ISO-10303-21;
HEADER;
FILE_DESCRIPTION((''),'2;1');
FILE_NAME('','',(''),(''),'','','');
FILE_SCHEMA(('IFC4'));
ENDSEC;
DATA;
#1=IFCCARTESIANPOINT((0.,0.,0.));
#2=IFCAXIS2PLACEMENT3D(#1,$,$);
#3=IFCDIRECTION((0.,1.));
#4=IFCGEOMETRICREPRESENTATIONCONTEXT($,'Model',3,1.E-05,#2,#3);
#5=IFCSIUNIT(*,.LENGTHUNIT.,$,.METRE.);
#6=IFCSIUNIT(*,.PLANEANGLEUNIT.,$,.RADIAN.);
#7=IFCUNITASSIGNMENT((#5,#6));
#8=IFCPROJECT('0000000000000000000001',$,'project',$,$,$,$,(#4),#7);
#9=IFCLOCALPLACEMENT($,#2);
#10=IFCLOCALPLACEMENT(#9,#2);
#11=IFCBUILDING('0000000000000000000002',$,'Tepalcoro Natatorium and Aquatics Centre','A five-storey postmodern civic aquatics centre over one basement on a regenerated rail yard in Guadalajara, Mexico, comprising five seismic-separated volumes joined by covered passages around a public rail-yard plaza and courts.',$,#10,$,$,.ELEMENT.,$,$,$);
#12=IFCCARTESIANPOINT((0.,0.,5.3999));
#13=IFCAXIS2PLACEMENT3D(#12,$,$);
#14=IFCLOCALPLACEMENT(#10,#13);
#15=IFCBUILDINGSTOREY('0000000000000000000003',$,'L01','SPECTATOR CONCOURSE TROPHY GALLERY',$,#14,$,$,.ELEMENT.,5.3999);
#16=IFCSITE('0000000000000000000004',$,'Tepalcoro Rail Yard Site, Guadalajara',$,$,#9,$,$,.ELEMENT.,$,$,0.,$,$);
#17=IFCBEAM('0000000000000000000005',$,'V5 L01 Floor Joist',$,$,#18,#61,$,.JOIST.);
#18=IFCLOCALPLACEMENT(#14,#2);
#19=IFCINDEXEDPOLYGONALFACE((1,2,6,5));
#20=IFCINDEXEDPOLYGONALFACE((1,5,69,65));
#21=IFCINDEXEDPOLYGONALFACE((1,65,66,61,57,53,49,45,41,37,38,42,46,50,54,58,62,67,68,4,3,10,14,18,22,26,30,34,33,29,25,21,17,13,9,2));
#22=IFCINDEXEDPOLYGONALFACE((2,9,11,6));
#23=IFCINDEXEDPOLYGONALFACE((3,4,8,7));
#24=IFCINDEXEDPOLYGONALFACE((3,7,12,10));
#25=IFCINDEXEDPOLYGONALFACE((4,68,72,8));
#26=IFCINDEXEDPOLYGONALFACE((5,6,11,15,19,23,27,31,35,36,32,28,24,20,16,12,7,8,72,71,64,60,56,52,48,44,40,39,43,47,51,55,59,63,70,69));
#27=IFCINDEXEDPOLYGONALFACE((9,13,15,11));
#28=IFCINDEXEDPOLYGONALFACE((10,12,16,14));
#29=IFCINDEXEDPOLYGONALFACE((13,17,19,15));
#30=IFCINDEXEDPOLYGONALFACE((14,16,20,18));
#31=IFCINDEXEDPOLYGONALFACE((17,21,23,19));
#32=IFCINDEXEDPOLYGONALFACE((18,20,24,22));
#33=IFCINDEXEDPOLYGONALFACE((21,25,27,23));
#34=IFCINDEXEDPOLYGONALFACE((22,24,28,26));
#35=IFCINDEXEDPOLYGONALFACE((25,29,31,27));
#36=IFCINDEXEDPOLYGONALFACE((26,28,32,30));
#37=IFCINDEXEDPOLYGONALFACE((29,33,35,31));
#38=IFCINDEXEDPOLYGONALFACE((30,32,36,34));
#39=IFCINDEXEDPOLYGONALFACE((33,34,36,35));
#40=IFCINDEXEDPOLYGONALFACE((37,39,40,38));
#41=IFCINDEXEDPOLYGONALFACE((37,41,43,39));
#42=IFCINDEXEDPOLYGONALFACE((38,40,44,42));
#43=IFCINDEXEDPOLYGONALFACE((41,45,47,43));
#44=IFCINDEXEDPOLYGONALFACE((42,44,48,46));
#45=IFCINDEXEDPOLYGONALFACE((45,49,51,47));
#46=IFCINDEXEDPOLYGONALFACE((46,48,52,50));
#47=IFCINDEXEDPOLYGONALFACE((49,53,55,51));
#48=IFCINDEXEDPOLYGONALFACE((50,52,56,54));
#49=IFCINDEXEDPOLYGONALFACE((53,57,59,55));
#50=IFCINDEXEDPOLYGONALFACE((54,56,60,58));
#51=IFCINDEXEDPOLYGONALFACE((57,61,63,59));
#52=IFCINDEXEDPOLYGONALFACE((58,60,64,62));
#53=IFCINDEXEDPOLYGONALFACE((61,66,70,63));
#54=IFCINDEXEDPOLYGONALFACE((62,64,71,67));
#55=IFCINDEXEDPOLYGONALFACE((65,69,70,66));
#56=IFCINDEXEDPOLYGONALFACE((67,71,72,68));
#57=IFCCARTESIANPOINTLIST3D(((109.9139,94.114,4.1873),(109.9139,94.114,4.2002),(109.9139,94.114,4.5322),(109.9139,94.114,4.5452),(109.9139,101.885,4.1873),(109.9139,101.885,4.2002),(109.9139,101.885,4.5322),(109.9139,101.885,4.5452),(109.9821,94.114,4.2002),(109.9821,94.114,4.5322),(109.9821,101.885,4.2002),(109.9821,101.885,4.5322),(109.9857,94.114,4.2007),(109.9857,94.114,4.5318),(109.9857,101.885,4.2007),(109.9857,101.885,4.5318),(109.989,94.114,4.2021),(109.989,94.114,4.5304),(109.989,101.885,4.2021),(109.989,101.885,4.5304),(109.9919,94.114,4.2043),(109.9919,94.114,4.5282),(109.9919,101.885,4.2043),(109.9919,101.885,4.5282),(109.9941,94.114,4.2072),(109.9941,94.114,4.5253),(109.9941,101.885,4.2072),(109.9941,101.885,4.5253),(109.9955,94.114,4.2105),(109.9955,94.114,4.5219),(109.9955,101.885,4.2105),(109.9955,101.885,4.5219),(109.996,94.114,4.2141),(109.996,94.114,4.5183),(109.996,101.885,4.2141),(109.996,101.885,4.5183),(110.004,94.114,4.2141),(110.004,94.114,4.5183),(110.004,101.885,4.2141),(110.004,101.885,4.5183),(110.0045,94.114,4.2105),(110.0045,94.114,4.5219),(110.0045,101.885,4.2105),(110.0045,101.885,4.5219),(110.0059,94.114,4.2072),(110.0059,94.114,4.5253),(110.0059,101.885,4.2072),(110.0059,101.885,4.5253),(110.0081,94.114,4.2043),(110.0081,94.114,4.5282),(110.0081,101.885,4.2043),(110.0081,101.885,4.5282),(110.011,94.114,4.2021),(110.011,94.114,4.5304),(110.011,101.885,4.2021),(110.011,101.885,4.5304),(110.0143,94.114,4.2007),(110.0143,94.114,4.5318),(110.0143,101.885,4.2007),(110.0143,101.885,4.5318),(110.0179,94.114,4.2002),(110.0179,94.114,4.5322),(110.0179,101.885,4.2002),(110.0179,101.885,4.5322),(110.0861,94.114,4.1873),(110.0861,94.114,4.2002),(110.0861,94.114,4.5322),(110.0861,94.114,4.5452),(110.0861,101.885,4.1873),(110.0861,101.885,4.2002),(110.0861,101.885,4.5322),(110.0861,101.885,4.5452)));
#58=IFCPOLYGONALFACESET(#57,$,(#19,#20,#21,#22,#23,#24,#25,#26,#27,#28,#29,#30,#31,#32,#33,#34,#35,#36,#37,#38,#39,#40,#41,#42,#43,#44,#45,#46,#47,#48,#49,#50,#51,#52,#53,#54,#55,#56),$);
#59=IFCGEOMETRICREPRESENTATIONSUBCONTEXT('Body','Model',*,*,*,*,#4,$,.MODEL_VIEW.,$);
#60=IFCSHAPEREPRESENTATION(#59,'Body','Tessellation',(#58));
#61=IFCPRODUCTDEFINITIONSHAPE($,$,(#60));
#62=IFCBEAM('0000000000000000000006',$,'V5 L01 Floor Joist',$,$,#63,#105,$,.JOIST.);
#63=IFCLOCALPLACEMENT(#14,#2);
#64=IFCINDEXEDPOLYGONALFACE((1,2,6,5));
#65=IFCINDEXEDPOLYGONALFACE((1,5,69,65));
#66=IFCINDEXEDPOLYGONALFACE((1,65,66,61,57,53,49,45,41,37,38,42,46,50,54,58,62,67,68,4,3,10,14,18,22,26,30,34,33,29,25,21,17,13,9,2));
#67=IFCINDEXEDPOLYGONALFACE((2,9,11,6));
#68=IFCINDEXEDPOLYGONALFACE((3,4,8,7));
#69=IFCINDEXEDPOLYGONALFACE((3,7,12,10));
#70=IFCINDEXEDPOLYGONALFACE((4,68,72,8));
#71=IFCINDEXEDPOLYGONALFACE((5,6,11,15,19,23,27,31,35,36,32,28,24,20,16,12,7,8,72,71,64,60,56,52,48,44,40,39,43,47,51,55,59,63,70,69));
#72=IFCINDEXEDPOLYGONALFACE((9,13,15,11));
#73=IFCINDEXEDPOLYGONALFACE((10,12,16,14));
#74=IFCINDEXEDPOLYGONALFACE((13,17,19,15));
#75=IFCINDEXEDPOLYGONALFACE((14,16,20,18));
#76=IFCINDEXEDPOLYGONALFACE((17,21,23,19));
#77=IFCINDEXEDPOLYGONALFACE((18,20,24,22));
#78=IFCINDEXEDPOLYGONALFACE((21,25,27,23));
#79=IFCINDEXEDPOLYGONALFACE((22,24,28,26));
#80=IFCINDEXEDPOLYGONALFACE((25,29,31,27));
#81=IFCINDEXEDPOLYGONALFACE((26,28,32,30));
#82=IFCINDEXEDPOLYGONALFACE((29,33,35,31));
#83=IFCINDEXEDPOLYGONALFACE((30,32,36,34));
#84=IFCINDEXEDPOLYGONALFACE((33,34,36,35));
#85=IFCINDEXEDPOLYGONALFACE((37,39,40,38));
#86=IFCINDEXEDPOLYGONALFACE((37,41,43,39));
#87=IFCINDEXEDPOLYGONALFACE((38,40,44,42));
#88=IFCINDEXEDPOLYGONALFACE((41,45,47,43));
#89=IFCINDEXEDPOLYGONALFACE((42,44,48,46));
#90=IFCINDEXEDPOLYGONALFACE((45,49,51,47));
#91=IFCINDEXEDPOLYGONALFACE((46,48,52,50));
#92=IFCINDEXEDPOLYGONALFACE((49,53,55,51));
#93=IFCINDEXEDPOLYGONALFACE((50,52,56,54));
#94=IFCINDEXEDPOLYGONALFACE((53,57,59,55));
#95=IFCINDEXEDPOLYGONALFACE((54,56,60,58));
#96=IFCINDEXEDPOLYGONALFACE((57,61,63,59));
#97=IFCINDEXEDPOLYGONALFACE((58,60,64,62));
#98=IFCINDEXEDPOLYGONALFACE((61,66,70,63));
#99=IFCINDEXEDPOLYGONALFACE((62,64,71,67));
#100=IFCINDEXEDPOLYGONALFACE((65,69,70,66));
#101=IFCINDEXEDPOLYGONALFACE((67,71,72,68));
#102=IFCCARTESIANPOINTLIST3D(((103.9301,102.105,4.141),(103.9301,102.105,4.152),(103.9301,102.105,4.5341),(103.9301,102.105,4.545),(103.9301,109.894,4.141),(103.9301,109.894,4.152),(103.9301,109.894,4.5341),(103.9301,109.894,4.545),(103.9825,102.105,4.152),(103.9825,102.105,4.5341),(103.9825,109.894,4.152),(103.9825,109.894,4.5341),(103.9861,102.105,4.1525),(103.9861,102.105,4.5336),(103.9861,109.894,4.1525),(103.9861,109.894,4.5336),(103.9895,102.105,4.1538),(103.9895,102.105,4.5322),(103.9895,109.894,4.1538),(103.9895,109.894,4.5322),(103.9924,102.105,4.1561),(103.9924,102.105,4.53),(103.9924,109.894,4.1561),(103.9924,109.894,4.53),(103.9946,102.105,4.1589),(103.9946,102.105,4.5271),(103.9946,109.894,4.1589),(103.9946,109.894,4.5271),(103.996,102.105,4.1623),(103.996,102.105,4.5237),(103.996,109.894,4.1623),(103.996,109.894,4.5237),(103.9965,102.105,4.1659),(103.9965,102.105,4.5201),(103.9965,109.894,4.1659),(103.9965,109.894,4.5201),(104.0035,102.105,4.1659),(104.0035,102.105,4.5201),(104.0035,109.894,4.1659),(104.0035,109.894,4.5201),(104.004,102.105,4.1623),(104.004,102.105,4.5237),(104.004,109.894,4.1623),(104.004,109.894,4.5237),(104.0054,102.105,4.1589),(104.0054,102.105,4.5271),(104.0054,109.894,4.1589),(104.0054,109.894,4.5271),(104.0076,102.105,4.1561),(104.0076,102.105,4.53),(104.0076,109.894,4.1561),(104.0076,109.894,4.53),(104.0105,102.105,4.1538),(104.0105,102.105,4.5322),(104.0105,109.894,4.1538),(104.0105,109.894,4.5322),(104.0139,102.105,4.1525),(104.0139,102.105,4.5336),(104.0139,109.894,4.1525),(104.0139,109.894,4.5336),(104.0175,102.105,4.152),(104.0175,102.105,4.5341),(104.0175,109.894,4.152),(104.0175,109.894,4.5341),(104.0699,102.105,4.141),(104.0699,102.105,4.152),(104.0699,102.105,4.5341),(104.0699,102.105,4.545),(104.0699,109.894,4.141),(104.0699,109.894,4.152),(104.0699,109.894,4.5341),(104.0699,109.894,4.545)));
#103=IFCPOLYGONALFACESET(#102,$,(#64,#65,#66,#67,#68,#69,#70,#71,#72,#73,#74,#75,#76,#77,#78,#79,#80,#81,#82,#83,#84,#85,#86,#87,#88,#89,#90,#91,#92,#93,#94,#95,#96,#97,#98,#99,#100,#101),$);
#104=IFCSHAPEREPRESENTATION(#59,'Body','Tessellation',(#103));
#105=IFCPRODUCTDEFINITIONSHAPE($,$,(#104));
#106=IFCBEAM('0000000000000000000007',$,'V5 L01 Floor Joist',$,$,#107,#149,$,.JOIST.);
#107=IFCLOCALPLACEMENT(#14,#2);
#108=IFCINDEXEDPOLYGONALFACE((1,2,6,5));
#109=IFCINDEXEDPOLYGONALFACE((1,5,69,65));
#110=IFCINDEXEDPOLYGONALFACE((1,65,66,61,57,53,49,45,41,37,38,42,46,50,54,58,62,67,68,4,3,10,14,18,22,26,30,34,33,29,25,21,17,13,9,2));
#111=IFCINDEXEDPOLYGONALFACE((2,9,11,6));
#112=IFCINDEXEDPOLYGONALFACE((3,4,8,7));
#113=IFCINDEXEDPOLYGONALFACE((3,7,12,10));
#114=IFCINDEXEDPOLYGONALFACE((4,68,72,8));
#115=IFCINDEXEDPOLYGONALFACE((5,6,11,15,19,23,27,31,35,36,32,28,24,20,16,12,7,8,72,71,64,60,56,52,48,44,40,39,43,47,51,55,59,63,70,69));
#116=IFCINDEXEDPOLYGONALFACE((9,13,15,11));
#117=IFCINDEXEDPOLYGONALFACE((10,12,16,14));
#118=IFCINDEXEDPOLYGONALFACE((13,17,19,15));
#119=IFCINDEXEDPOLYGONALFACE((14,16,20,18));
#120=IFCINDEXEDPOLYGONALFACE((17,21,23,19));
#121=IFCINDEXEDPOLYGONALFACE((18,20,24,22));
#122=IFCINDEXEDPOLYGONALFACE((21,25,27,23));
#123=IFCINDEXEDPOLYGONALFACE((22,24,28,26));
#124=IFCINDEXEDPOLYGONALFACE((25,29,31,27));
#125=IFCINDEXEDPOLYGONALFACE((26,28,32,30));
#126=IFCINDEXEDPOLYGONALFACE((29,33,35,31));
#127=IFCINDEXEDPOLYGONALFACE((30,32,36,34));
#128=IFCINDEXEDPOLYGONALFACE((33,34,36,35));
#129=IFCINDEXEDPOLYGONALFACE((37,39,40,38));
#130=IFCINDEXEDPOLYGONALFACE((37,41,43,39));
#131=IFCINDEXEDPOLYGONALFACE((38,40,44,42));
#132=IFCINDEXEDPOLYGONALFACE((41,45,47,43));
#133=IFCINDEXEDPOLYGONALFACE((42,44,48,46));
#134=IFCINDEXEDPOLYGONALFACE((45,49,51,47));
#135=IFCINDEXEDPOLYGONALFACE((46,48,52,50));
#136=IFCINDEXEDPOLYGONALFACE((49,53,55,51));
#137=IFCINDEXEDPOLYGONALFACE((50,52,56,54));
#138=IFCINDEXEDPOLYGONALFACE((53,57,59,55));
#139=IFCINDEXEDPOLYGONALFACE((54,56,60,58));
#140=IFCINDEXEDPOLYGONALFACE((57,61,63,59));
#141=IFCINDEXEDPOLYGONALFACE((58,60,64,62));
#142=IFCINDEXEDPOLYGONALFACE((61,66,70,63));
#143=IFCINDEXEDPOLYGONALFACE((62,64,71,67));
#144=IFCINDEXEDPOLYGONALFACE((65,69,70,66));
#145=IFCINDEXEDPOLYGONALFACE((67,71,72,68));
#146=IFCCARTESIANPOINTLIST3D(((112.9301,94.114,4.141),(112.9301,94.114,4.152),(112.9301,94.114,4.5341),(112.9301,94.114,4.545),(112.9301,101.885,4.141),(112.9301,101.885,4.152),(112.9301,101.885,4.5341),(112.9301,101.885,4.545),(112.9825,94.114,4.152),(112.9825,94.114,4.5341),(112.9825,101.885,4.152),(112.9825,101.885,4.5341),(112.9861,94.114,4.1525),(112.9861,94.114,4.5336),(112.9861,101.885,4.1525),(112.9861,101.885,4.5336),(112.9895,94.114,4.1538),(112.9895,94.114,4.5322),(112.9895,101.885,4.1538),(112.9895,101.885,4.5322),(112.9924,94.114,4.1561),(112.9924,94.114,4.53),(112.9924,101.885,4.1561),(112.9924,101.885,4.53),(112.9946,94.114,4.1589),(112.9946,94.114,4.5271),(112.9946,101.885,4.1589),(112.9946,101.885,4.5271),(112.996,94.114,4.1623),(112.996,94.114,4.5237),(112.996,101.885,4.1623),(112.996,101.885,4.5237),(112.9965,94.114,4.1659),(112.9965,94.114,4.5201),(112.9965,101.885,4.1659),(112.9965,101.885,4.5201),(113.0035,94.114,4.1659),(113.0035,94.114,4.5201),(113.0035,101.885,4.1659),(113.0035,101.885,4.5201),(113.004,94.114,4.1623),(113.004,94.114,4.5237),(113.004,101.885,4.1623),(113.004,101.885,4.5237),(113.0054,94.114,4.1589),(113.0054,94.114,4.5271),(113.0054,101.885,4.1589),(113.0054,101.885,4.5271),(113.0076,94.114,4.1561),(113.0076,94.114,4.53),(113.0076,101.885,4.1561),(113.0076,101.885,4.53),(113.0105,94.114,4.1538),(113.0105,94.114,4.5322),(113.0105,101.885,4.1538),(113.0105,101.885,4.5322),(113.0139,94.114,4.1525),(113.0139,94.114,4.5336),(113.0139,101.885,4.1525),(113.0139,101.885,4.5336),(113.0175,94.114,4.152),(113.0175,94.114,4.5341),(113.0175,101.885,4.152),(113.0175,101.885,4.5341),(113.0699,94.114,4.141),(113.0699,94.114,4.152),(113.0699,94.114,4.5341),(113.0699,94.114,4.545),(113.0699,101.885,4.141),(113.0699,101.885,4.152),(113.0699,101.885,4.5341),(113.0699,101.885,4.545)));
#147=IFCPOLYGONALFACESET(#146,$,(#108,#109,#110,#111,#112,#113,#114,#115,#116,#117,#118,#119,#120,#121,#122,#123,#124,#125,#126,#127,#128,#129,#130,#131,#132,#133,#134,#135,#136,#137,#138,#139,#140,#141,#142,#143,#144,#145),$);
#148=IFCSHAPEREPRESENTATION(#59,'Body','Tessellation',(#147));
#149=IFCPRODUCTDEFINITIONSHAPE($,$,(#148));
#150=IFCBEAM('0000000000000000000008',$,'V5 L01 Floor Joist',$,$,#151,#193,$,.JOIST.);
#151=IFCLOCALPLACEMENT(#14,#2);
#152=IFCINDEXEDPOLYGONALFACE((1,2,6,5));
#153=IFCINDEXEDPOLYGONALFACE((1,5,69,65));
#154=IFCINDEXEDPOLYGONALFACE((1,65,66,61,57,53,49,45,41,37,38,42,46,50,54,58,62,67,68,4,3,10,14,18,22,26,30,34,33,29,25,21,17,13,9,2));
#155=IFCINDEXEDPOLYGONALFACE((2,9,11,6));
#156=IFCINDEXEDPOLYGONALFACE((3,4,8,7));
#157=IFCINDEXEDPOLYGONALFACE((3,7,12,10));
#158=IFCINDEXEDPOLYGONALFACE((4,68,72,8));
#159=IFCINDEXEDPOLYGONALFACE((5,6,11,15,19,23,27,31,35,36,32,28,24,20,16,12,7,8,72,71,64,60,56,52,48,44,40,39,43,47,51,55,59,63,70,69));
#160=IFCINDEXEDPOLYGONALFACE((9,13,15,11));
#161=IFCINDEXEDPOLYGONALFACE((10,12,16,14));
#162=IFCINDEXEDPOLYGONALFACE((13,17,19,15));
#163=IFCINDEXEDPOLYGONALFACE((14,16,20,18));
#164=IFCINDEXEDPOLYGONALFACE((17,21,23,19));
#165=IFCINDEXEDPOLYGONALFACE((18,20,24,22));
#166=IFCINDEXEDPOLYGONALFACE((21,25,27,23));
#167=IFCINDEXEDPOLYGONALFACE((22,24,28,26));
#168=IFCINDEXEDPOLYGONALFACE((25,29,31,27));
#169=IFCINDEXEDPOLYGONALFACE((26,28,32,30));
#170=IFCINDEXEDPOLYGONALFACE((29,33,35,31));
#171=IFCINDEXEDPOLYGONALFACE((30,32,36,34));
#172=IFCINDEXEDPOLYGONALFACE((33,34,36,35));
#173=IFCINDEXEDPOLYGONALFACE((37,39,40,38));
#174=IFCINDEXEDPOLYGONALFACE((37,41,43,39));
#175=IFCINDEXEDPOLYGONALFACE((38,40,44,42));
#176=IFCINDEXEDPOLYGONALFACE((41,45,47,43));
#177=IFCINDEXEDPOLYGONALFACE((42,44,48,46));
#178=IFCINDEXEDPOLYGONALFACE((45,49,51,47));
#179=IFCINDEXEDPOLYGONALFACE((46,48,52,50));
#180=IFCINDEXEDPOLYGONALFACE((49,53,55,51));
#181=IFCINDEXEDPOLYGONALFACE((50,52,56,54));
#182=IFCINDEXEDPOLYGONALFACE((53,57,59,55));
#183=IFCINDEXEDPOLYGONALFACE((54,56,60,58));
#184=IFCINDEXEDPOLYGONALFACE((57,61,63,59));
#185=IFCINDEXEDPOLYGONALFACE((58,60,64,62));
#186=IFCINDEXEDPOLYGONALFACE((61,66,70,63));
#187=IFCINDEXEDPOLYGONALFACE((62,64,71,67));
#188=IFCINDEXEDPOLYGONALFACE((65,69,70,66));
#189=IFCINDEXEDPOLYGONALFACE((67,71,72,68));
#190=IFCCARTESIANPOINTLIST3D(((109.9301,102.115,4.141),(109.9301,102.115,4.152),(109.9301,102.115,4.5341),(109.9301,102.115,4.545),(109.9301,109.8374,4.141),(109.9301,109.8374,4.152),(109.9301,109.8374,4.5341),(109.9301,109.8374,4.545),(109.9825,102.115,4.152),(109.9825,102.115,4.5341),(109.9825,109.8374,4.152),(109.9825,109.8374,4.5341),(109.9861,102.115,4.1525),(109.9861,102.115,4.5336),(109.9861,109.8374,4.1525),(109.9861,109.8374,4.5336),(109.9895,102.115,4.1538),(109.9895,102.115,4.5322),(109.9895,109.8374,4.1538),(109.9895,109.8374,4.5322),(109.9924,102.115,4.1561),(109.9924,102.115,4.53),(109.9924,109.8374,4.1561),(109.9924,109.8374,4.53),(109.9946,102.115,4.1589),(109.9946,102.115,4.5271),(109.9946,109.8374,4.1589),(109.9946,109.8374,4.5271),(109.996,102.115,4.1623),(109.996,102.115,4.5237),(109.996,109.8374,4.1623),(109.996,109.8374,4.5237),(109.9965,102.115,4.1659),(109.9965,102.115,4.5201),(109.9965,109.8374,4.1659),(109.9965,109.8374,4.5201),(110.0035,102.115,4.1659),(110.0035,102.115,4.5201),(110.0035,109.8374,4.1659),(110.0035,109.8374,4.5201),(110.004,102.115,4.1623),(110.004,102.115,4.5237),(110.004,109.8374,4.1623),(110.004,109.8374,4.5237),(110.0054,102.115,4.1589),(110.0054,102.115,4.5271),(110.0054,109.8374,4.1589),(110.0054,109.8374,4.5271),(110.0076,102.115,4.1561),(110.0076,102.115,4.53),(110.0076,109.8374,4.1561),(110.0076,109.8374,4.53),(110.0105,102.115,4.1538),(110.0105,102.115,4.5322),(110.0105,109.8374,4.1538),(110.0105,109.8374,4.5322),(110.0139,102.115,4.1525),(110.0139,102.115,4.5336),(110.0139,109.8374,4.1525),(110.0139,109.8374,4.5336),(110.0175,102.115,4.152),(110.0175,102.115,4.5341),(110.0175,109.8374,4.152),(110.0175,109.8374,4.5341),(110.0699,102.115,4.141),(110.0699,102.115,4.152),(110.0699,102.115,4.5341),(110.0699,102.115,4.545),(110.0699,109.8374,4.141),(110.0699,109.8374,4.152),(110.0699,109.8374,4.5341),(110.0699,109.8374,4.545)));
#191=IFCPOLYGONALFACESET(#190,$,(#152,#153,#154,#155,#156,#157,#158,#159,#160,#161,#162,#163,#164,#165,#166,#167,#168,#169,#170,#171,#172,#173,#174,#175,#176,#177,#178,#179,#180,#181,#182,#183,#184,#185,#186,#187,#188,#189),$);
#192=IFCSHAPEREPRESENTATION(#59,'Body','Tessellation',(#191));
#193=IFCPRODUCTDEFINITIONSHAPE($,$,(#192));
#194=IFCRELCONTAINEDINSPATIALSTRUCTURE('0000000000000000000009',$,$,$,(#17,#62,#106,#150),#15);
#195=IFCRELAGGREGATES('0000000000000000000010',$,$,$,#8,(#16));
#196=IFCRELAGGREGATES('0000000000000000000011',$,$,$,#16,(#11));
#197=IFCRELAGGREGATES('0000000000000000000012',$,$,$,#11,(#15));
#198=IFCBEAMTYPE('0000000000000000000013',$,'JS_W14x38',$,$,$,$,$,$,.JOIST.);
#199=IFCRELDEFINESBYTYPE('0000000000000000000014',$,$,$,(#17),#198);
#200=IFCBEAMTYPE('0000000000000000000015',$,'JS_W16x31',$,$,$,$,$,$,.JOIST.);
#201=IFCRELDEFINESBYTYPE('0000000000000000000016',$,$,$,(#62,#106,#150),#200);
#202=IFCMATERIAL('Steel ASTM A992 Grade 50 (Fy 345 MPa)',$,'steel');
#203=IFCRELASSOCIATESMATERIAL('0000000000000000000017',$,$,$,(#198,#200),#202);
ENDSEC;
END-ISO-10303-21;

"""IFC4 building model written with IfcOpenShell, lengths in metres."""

from ifc_helpers import new_model, si_unit, direction, frame, origin, origin_2d, place, context, subcontext, project, spatial, i_section, extrude, material, material_profile, profile_set, type_object, element, save


model = new_model("IFC4")

# Units and contexts
model_context = context("Model", 3, precision=1e-05, world=origin(), true_north=direction((0.0, 1.0)))
body_context = subcontext(model_context, "Body", "Model", "MODEL_VIEW")
ifc_project = project(units=[si_unit("LENGTHUNIT", "METRE"), si_unit("PLANEANGLEUNIT", "RADIAN")], contexts=[model_context])

# Site, building, storey
site_placement = place(None, origin())
site = spatial("IfcSite", under=ifc_project, at=site_placement, Name="Tepalcoro Rail Yard Site, Guadalajara", CompositionType="ELEMENT", RefElevation=0.0)
building_placement = place(site_placement, origin())
building = spatial("IfcBuilding", under=site, at=building_placement, Name="Tepalcoro Natatorium and Aquatics Centre", Description="A five-storey postmodern civic aquatics centre over one basement on a regenerated rail yard in Guadalajara, Mexico, comprising five seismic-separated volumes joined by covered passages around a public rail-yard plaza and courts.", CompositionType="ELEMENT")
storey_placement = place(building_placement, frame((0.0, 0.0, 5.3999)))
storey = spatial("IfcBuildingStorey", under=building, at=storey_placement, Name="L01", Description="SPECTATOR CONCOURSE TROPHY GALLERY", CompositionType="ELEMENT", Elevation=5.3999)

# Beams
ifc_material_1 = material(Name="Steel ASTM A992 Grade 50 (Fy 345 MPa)", Category="steel")
ifc_material_profile_1 = material_profile(ifc_material_1, i_section(OverallWidth=0.1721, OverallDepth=0.3579, WebThickness=0.0081, FlangeThickness=0.0129, FilletRadius=0.0139, at=origin_2d()), Name="W14X38")
ifc_profile_set_1 = profile_set([ifc_material_profile_1], Name="Steel ASTM A992 Grade 50 (Fy 345 MPa)")
beam_type_1 = type_object("IfcBeamType", Name="JS_W14x38", PredefinedType="JOIST", material=ifc_profile_set_1)
beam_1_placement = place(storey_placement, frame((110.0, 94.114, 4.3662), z_axis=(0.0, 1.0, 0.0), x_axis=(-1.0, 0.0, 0.0)))
element("IfcBeam", 1, at=beam_1_placement, inside=storey, type_object=beam_type_1, Name="V5 L01 Floor Joist", PredefinedType="JOIST", context=body_context, shape_type="SweptSolid", body=[
    extrude(i_section(OverallWidth=0.1721, OverallDepth=0.3579, WebThickness=0.0081, FlangeThickness=0.0129, FilletRadius=0.0139, at=origin_2d()), origin(), (0.0, 0.0, 1.0), 7.771),
])
ifc_material_profile_2 = material_profile(ifc_material_1, i_section(OverallWidth=0.1399, OverallDepth=0.4041, WebThickness=0.0071, FlangeThickness=0.011, FilletRadius=0.0139, at=origin_2d()), Name="W16X31")
ifc_profile_set_2 = profile_set([ifc_material_profile_2], Name="Steel ASTM A992 Grade 50 (Fy 345 MPa)")
beam_type_2 = type_object("IfcBeamType", Name="JS_W16x31", PredefinedType="JOIST", material=ifc_profile_set_2)
beam_2_placement = place(storey_placement, frame((104.0, 102.105, 4.343), z_axis=(0.0, 1.0, 0.0), x_axis=(-1.0, 0.0, 0.0)))
element("IfcBeam", 2, at=beam_2_placement, inside=storey, type_object=beam_type_2, Name="V5 L01 Floor Joist", PredefinedType="JOIST", context=body_context, shape_type="SweptSolid", body=[
    extrude(i_section(OverallWidth=0.1399, OverallDepth=0.4041, WebThickness=0.0071, FlangeThickness=0.011, FilletRadius=0.0139, at=origin_2d()), origin(), (0.0, 0.0, 1.0), 7.7891),
])
beam_3_placement = place(storey_placement, frame((113.0, 94.114, 4.343), z_axis=(0.0, 1.0, 0.0), x_axis=(-1.0, 0.0, 0.0)))
element("IfcBeam", 3, at=beam_3_placement, inside=storey, type_object=beam_type_2, Name="V5 L01 Floor Joist", PredefinedType="JOIST", context=body_context, shape_type="SweptSolid", body=[
    extrude(i_section(OverallWidth=0.1399, OverallDepth=0.4041, WebThickness=0.0071, FlangeThickness=0.011, FilletRadius=0.0139, at=origin_2d()), origin(), (0.0, 0.0, 1.0), 7.771),
])
beam_4_placement = place(storey_placement, frame((110.0, 102.115, 4.343), z_axis=(0.0, 1.0, 0.0), x_axis=(-1.0, 0.0, 0.0)))
element("IfcBeam", 4, at=beam_4_placement, inside=storey, type_object=beam_type_2, Name="V5 L01 Floor Joist", PredefinedType="JOIST", context=body_context, shape_type="SweptSolid", body=[
    extrude(i_section(OverallWidth=0.1399, OverallDepth=0.4041, WebThickness=0.0071, FlangeThickness=0.011, FilletRadius=0.0139, at=origin_2d()), origin(), (0.0, 0.0, 1.0), 7.7224),
])

save(model, "model.ifc")
